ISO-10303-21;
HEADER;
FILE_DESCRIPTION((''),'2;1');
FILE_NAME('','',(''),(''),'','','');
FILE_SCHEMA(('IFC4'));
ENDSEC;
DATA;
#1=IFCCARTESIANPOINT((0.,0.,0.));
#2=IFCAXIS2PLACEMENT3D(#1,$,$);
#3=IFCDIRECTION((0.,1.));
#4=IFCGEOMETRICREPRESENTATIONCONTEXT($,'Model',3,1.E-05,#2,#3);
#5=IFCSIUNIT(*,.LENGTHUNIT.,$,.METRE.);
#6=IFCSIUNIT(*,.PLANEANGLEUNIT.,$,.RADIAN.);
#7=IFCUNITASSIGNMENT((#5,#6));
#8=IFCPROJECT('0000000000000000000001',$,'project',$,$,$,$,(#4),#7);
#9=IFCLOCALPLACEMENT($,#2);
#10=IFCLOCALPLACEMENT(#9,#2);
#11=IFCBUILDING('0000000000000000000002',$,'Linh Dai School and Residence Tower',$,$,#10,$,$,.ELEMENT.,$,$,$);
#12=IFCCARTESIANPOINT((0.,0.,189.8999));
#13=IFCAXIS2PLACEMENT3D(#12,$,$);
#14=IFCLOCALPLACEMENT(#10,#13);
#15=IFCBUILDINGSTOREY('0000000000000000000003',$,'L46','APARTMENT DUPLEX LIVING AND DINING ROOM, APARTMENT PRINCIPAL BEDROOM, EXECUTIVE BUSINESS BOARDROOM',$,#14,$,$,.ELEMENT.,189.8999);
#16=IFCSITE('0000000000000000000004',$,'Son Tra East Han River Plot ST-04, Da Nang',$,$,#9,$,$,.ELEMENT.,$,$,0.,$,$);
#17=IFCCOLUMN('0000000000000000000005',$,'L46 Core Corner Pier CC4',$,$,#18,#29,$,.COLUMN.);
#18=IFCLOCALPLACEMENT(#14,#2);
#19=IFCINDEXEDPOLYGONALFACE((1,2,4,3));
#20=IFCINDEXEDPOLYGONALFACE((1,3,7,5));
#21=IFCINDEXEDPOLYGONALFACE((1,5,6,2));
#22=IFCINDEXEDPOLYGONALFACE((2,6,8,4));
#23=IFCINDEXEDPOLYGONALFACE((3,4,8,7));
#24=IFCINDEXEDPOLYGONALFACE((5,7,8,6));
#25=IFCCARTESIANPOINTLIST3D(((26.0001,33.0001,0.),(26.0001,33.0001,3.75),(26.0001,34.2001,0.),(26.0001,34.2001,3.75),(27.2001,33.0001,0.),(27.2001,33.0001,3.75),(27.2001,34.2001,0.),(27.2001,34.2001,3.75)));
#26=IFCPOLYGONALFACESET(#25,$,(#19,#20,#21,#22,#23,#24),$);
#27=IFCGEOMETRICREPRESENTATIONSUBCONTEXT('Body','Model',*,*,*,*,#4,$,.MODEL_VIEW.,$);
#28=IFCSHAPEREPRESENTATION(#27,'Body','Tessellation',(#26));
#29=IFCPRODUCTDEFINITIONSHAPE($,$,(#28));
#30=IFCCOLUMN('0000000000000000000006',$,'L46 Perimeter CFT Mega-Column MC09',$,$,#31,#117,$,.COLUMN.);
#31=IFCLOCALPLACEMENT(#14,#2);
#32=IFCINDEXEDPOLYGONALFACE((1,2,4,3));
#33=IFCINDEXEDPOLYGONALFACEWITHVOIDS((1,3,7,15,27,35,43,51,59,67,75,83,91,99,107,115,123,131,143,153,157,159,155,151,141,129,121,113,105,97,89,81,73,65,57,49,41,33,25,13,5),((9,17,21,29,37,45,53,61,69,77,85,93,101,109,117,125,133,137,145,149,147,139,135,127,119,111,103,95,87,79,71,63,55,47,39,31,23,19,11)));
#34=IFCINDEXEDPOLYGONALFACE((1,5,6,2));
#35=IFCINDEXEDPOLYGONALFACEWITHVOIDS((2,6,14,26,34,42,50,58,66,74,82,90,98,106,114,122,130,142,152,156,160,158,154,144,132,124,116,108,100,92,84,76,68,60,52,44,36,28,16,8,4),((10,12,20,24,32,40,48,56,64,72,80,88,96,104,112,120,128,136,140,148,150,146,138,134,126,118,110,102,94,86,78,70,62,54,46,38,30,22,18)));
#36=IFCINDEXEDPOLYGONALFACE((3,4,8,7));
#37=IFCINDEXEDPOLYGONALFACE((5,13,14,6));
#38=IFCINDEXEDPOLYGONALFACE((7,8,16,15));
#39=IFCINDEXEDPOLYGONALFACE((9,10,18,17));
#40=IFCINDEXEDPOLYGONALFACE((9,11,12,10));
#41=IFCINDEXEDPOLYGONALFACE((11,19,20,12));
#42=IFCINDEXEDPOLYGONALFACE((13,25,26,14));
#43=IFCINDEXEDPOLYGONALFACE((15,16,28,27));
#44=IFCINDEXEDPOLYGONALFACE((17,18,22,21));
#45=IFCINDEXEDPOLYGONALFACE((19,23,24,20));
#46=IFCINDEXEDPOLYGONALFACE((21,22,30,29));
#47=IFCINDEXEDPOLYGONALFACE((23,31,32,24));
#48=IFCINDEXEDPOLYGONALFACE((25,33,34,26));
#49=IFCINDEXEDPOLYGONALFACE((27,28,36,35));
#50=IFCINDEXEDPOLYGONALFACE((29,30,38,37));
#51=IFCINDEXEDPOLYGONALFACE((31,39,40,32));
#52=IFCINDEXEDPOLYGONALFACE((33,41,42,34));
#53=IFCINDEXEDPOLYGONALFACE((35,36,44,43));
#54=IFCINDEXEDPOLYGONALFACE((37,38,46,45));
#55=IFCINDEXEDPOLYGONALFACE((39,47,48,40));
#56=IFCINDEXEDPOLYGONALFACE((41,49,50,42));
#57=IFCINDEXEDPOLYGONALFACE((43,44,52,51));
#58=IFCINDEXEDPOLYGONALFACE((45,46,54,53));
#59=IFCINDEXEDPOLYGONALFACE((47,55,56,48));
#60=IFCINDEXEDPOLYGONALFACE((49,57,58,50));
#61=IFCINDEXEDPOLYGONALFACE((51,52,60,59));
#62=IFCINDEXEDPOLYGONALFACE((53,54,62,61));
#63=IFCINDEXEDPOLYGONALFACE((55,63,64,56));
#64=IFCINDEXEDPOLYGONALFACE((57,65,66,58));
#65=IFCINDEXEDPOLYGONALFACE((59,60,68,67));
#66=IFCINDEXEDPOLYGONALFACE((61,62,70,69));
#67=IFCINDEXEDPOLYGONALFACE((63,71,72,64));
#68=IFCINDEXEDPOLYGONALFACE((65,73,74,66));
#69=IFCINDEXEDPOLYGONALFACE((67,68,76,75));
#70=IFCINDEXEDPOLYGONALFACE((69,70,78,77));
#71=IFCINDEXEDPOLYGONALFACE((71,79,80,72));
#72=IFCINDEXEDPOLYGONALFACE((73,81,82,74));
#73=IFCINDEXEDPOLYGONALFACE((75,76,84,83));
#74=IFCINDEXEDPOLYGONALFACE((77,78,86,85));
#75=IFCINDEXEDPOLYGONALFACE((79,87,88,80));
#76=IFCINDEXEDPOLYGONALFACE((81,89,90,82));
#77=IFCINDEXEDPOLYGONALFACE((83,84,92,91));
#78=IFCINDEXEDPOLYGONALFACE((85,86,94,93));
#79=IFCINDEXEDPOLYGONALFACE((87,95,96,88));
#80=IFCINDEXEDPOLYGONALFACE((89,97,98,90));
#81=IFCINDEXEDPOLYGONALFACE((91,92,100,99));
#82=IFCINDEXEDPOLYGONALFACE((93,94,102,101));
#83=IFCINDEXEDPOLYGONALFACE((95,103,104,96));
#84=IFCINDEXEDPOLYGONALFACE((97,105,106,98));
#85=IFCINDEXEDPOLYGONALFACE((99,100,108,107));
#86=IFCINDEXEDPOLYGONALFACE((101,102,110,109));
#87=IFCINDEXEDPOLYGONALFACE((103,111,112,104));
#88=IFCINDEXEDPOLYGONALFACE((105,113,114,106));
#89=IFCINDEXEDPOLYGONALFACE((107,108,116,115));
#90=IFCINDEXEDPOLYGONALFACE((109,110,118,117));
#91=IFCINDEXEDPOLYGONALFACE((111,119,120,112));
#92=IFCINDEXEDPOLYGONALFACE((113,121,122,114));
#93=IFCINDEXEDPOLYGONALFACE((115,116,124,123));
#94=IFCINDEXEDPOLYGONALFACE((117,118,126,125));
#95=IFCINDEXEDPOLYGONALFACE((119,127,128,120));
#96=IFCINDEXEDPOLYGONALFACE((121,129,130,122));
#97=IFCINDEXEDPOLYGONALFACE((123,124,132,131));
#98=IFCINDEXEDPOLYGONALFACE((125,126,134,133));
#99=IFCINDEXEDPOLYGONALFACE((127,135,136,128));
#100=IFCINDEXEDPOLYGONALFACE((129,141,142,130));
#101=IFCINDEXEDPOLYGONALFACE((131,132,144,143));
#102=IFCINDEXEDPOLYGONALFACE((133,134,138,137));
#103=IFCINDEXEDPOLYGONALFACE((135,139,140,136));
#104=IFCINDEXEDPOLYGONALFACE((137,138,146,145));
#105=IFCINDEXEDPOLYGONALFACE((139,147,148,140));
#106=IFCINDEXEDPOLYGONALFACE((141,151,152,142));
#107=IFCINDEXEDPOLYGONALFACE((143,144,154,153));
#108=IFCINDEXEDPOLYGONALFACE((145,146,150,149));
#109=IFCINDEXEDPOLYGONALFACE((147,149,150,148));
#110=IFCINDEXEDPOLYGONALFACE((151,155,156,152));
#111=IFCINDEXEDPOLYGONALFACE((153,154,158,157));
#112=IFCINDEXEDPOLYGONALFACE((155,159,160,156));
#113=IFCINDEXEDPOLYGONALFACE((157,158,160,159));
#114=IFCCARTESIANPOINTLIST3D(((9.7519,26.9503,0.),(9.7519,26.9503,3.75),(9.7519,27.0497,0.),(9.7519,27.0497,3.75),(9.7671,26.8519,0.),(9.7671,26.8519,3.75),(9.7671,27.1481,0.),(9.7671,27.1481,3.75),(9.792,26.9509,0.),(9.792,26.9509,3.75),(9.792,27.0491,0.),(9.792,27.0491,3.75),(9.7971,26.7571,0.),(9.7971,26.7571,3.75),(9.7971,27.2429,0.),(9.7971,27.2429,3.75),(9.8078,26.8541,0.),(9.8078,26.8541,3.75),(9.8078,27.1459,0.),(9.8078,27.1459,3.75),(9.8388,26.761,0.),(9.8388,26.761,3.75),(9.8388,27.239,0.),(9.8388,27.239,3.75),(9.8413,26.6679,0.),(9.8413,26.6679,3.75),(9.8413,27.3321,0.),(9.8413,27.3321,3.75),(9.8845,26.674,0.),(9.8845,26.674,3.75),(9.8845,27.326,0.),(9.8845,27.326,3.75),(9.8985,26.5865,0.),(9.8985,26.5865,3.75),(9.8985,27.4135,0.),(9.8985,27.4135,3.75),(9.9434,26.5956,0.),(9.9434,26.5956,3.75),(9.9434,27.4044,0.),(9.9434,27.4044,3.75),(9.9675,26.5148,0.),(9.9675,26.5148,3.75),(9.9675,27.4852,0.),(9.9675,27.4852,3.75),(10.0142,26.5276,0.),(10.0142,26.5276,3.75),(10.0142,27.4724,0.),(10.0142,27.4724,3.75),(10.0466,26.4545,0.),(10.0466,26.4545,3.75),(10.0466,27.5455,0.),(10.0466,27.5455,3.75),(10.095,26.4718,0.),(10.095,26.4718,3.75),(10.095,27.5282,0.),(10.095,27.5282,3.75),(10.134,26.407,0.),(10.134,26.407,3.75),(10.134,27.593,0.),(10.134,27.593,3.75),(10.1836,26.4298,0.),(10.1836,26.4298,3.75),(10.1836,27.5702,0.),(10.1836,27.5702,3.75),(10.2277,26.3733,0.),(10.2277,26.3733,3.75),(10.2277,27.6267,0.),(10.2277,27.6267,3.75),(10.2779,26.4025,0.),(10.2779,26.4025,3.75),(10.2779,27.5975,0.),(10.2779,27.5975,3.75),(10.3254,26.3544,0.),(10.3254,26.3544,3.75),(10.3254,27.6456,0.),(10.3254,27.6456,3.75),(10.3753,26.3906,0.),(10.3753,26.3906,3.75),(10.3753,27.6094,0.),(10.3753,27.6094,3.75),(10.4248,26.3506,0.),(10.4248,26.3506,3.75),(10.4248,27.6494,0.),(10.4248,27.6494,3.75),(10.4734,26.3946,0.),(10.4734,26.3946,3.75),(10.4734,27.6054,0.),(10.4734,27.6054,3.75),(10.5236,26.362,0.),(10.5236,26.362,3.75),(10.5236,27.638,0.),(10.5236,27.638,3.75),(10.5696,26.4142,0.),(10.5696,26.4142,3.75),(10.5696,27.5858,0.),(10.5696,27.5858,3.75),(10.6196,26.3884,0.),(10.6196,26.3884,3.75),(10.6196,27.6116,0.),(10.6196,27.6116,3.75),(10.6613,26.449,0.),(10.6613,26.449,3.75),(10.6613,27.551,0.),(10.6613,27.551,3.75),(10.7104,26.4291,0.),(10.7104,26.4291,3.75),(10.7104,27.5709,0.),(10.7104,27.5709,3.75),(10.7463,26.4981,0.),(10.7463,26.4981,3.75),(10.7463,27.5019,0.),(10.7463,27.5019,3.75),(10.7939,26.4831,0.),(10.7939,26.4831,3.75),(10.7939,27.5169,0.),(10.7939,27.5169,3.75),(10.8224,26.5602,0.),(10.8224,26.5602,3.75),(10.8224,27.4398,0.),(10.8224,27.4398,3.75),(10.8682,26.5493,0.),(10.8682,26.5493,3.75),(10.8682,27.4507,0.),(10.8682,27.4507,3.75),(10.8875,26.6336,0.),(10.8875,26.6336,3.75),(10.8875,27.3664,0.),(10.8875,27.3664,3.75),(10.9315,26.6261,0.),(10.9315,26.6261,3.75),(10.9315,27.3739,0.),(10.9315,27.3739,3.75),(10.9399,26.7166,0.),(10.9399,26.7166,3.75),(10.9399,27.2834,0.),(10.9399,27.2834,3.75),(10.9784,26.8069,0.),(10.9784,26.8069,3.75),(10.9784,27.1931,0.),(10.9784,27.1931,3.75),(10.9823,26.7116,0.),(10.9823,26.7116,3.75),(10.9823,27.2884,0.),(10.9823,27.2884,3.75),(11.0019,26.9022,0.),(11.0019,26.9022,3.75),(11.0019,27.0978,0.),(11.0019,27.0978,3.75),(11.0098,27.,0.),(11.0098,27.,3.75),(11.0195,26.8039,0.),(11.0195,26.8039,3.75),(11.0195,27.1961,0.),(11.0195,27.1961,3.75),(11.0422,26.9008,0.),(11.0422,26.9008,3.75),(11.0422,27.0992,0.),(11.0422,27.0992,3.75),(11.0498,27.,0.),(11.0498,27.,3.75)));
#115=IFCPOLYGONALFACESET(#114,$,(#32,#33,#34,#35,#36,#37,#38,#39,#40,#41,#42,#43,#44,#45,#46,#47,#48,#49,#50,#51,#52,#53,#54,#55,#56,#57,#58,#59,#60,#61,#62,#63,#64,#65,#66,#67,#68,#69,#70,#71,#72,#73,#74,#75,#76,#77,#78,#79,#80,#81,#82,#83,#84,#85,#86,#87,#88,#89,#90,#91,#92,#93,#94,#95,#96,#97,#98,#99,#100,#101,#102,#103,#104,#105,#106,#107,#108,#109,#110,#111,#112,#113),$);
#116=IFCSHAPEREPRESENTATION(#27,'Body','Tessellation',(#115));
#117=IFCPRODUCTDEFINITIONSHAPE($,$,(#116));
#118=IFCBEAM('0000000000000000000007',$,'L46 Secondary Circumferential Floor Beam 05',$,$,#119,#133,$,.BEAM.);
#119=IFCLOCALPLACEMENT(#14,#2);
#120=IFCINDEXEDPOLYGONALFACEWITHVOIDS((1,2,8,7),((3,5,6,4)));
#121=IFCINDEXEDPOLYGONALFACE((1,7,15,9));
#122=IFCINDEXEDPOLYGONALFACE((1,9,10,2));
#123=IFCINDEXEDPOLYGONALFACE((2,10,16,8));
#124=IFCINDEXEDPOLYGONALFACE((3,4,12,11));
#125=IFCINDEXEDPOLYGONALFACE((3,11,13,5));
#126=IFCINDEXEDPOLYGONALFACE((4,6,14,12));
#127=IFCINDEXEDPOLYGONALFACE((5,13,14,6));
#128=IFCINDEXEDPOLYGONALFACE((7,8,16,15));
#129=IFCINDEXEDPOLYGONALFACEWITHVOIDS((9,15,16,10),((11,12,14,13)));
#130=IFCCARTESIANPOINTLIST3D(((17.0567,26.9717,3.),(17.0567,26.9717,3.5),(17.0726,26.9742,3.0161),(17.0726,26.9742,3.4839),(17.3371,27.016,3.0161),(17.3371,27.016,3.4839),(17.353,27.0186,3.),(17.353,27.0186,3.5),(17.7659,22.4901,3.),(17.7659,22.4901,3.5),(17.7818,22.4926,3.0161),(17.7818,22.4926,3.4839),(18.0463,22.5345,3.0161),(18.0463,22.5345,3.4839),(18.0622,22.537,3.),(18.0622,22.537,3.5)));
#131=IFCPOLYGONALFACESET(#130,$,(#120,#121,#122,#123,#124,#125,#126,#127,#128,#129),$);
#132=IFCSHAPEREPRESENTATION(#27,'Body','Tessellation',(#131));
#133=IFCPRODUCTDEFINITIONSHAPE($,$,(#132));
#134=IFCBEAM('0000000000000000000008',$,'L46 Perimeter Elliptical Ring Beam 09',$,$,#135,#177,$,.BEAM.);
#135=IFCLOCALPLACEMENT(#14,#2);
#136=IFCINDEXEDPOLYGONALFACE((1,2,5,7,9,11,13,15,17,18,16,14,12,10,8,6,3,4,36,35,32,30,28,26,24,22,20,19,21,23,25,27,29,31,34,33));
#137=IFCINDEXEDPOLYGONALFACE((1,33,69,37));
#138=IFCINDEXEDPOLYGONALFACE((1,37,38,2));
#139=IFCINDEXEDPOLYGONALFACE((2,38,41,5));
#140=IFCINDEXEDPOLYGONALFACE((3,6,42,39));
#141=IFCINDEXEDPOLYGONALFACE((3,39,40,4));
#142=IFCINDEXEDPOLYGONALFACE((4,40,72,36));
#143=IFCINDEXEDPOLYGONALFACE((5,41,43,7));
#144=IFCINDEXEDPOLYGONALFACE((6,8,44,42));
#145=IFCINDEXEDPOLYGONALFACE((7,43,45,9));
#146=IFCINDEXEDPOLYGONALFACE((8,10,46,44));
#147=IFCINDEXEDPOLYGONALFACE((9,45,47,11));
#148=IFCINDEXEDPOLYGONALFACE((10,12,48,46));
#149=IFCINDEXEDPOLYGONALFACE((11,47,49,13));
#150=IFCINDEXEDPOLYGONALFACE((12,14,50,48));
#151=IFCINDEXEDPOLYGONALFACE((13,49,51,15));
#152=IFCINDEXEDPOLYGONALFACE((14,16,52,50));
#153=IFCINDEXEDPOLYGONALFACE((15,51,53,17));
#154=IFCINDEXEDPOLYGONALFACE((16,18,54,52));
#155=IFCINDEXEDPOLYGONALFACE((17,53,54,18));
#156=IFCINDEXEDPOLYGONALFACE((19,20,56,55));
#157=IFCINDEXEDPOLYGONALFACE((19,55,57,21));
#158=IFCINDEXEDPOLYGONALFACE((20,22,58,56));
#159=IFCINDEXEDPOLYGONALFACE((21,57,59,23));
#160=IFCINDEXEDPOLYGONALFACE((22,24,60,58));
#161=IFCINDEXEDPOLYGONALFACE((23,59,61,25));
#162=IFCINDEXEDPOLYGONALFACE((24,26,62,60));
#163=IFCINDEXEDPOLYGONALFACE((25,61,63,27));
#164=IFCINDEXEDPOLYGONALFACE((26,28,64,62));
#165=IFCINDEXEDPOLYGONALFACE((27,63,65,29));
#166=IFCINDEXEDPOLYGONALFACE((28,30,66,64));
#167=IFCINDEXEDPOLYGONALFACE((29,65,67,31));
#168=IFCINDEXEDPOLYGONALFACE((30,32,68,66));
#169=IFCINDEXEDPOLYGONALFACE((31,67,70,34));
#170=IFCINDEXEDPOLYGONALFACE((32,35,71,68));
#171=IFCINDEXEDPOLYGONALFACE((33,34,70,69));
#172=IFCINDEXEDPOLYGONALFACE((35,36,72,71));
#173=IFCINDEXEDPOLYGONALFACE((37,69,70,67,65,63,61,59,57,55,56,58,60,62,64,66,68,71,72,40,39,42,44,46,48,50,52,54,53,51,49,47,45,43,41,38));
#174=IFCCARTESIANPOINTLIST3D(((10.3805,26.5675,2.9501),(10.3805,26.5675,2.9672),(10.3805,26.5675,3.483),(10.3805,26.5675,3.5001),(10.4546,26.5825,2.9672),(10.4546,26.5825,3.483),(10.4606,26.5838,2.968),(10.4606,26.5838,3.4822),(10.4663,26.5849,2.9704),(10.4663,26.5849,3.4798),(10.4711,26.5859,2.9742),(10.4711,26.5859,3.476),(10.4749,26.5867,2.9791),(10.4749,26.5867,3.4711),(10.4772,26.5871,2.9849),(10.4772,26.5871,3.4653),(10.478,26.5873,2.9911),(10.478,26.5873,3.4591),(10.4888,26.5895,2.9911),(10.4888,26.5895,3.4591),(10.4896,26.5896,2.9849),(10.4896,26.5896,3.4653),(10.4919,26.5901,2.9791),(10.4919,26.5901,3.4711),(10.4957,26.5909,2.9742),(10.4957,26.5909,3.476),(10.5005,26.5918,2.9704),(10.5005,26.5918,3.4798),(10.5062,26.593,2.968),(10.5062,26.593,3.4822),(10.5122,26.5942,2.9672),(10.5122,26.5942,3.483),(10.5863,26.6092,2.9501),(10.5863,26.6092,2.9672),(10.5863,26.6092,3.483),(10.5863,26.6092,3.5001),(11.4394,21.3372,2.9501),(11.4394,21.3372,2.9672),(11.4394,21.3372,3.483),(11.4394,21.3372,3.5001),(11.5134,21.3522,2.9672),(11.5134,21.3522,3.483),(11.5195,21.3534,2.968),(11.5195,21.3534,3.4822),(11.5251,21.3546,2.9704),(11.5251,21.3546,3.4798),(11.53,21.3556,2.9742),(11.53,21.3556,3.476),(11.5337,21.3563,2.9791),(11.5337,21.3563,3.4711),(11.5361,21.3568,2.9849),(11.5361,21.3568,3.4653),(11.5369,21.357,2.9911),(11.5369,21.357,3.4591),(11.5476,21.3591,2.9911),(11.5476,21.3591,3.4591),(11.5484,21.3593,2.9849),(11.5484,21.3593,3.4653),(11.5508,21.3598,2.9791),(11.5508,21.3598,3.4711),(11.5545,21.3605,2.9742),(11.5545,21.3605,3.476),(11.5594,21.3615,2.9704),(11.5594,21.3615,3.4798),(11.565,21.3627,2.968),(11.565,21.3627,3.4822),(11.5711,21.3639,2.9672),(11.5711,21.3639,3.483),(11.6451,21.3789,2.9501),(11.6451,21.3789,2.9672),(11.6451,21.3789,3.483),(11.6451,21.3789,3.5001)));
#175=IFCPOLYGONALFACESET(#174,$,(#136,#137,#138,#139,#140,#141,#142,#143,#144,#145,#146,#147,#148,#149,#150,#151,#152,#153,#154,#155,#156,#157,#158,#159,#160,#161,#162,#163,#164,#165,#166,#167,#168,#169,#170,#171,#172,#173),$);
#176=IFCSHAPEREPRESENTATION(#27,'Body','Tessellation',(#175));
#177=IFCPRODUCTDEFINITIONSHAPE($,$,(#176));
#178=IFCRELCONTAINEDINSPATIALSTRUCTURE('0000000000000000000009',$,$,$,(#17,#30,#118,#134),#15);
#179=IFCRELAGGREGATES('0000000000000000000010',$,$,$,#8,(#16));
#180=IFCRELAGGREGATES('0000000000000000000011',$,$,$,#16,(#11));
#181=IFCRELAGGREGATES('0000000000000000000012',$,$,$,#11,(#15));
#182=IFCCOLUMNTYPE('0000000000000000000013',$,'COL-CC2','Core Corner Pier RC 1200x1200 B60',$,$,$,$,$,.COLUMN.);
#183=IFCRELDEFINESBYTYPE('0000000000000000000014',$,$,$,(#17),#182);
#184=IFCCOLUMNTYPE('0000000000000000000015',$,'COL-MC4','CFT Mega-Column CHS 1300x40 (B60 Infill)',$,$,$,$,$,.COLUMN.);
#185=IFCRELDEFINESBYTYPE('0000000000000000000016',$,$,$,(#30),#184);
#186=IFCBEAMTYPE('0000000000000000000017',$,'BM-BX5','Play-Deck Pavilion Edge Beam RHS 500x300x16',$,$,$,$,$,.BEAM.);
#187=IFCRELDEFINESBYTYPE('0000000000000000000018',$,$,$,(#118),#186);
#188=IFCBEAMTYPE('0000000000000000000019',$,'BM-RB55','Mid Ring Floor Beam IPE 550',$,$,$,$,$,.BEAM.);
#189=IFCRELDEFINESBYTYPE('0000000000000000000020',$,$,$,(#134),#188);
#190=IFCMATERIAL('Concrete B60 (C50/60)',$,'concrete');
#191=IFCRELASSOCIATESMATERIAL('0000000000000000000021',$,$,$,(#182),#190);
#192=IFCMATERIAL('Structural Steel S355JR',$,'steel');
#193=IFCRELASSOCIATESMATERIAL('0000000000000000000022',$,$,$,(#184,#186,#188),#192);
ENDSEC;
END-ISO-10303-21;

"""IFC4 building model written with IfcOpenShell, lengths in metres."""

from ifc_helpers import new_model, si_unit, direction, frame, origin, origin_2d, place, context, subcontext, project, spatial, rectangle, hollow_rectangle, hollow_circle, i_section, extrude, material, material_profile, profile_set, type_object, element, save


model = new_model("IFC4")

# Units and contexts
model_context = context("Model", 3, precision=1e-05, world=origin(), true_north=direction((0.0, 1.0)))
body_context = subcontext(model_context, "Body", "Model", "MODEL_VIEW")
ifc_project = project(units=[si_unit("LENGTHUNIT", "METRE"), si_unit("PLANEANGLEUNIT", "RADIAN")], contexts=[model_context])

# Site, building, storey
site_placement = place(None, origin())
site = spatial("IfcSite", under=ifc_project, at=site_placement, Name="Son Tra East Han River Plot ST-04, Da Nang", CompositionType="ELEMENT", RefElevation=0.0)
building_placement = place(site_placement, origin())
building = spatial("IfcBuilding", under=site, at=building_placement, Name="Linh Dai School and Residence Tower", CompositionType="ELEMENT")
storey_placement = place(building_placement, frame((0.0, 0.0, 189.8999)))
storey = spatial("IfcBuildingStorey", under=building, at=storey_placement, Name="L46", Description="APARTMENT DUPLEX LIVING AND DINING ROOM, APARTMENT PRINCIPAL BEDROOM, EXECUTIVE BUSINESS BOARDROOM", CompositionType="ELEMENT", Elevation=189.8999)

# Columns
ifc_material_1 = material(Name="Concrete B60 (C50/60)", Category="concrete")
ifc_material_profile_1 = material_profile(ifc_material_1, rectangle(XDim=1.2, YDim=1.2, at=origin_2d()), Name="RC 1200x1200")
ifc_profile_set_1 = profile_set([ifc_material_profile_1], Name="Concrete B60 (C50/60)")
column_type_1 = type_object("IfcColumnType", Name="COL-CC2", Description="Core Corner Pier RC 1200x1200 B60", PredefinedType="COLUMN", material=ifc_profile_set_1)
column_1_placement = place(storey_placement, frame((26.6001, 33.6001, 0.0), z_axis=(0.0, 0.0, 1.0), x_axis=(1.0, 0.0, 0.0)))
element("IfcColumn", 1, at=column_1_placement, inside=storey, type_object=column_type_1, Name="L46 Core Corner Pier CC4", PredefinedType="COLUMN", context=body_context, shape_type="SweptSolid", body=[
    extrude(rectangle(XDim=1.2, YDim=1.2, at=origin_2d()), origin(), (0.0, 0.0, 1.0), 3.75),
])
ifc_material_2 = material(Name="Structural Steel S355JR", Category="steel")
ifc_material_profile_2 = material_profile(ifc_material_2, hollow_circle(Radius=0.6499, WallThickness=0.04, at=origin_2d()), Name="CHS 1300x40")
ifc_profile_set_2 = profile_set([ifc_material_profile_2], Name="Structural Steel S355JR")
column_type_2 = type_object("IfcColumnType", Name="COL-MC4", Description="CFT Mega-Column CHS 1300x40 (B60 Infill)", PredefinedType="COLUMN", material=ifc_profile_set_2)
column_2_placement = place(storey_placement, frame((10.3999, 27.0, 0.0), z_axis=(0.0, 0.0, 1.0), x_axis=(1.0, 0.0, 0.0)))
element("IfcColumn", 2, at=column_2_placement, inside=storey, type_object=column_type_2, Name="L46 Perimeter CFT Mega-Column MC09", PredefinedType="COLUMN", context=body_context, shape_type="SweptSolid", body=[
    extrude(hollow_circle(Radius=0.6499, WallThickness=0.04, at=origin_2d()), origin(), (0.0, 0.0, 1.0), 3.75),
])

# Beams
ifc_material_profile_3 = material_profile(ifc_material_2, hollow_rectangle(XDim=0.3, YDim=0.5, WallThickness=0.0161, at=origin_2d()), Name="RHS 500x300x16")
ifc_profile_set_3 = profile_set([ifc_material_profile_3], Name="Structural Steel S355JR")
beam_type_1 = type_object("IfcBeamType", Name="BM-BX5", Description="Play-Deck Pavilion Edge Beam RHS 500x300x16", PredefinedType="BEAM", material=ifc_profile_set_3)
beam_1_placement = place(storey_placement, frame((17.2048, 26.9951, 3.25), z_axis=(0.156305, -0.987709, 0.0), x_axis=(0.987709, 0.156305, 0.0)))
element("IfcBeam", 3, at=beam_1_placement, inside=storey, type_object=beam_type_1, Name="L46 Secondary Circumferential Floor Beam 05", PredefinedType="BEAM", context=body_context, shape_type="SweptSolid", body=[
    extrude(hollow_rectangle(XDim=0.3, YDim=0.5, WallThickness=0.0161, at=origin_2d()), origin(), (0.0, 0.0, 1.0), 4.5374),
])
ifc_material_profile_4 = material_profile(ifc_material_2, i_section(OverallWidth=0.21, OverallDepth=0.55, WebThickness=0.011, FlangeThickness=0.0171, FilletRadius=0.0239, at=origin_2d()), Name="IPE 550")
ifc_profile_set_4 = profile_set([ifc_material_profile_4], Name="Structural Steel S355JR")
beam_type_2 = type_object("IfcBeamType", Name="BM-RB55", Description="Mid Ring Floor Beam IPE 550", PredefinedType="BEAM", material=ifc_profile_set_4)
beam_2_placement = place(storey_placement, frame((10.4834, 26.5884, 3.2251), z_axis=(0.198421, -0.980117, 0.0), x_axis=(0.980117, 0.198421, 0.0)))
element("IfcBeam", 4, at=beam_2_placement, inside=storey, type_object=beam_type_2, Name="L46 Perimeter Elliptical Ring Beam 09", PredefinedType="BEAM", context=body_context, shape_type="SweptSolid", body=[
    extrude(i_section(OverallWidth=0.21, OverallDepth=0.55, WebThickness=0.011, FlangeThickness=0.0171, FilletRadius=0.0239, at=origin_2d()), origin(), (0.0, 0.0, 1.0), 5.3364),
])

save(model, "model.ifc")
